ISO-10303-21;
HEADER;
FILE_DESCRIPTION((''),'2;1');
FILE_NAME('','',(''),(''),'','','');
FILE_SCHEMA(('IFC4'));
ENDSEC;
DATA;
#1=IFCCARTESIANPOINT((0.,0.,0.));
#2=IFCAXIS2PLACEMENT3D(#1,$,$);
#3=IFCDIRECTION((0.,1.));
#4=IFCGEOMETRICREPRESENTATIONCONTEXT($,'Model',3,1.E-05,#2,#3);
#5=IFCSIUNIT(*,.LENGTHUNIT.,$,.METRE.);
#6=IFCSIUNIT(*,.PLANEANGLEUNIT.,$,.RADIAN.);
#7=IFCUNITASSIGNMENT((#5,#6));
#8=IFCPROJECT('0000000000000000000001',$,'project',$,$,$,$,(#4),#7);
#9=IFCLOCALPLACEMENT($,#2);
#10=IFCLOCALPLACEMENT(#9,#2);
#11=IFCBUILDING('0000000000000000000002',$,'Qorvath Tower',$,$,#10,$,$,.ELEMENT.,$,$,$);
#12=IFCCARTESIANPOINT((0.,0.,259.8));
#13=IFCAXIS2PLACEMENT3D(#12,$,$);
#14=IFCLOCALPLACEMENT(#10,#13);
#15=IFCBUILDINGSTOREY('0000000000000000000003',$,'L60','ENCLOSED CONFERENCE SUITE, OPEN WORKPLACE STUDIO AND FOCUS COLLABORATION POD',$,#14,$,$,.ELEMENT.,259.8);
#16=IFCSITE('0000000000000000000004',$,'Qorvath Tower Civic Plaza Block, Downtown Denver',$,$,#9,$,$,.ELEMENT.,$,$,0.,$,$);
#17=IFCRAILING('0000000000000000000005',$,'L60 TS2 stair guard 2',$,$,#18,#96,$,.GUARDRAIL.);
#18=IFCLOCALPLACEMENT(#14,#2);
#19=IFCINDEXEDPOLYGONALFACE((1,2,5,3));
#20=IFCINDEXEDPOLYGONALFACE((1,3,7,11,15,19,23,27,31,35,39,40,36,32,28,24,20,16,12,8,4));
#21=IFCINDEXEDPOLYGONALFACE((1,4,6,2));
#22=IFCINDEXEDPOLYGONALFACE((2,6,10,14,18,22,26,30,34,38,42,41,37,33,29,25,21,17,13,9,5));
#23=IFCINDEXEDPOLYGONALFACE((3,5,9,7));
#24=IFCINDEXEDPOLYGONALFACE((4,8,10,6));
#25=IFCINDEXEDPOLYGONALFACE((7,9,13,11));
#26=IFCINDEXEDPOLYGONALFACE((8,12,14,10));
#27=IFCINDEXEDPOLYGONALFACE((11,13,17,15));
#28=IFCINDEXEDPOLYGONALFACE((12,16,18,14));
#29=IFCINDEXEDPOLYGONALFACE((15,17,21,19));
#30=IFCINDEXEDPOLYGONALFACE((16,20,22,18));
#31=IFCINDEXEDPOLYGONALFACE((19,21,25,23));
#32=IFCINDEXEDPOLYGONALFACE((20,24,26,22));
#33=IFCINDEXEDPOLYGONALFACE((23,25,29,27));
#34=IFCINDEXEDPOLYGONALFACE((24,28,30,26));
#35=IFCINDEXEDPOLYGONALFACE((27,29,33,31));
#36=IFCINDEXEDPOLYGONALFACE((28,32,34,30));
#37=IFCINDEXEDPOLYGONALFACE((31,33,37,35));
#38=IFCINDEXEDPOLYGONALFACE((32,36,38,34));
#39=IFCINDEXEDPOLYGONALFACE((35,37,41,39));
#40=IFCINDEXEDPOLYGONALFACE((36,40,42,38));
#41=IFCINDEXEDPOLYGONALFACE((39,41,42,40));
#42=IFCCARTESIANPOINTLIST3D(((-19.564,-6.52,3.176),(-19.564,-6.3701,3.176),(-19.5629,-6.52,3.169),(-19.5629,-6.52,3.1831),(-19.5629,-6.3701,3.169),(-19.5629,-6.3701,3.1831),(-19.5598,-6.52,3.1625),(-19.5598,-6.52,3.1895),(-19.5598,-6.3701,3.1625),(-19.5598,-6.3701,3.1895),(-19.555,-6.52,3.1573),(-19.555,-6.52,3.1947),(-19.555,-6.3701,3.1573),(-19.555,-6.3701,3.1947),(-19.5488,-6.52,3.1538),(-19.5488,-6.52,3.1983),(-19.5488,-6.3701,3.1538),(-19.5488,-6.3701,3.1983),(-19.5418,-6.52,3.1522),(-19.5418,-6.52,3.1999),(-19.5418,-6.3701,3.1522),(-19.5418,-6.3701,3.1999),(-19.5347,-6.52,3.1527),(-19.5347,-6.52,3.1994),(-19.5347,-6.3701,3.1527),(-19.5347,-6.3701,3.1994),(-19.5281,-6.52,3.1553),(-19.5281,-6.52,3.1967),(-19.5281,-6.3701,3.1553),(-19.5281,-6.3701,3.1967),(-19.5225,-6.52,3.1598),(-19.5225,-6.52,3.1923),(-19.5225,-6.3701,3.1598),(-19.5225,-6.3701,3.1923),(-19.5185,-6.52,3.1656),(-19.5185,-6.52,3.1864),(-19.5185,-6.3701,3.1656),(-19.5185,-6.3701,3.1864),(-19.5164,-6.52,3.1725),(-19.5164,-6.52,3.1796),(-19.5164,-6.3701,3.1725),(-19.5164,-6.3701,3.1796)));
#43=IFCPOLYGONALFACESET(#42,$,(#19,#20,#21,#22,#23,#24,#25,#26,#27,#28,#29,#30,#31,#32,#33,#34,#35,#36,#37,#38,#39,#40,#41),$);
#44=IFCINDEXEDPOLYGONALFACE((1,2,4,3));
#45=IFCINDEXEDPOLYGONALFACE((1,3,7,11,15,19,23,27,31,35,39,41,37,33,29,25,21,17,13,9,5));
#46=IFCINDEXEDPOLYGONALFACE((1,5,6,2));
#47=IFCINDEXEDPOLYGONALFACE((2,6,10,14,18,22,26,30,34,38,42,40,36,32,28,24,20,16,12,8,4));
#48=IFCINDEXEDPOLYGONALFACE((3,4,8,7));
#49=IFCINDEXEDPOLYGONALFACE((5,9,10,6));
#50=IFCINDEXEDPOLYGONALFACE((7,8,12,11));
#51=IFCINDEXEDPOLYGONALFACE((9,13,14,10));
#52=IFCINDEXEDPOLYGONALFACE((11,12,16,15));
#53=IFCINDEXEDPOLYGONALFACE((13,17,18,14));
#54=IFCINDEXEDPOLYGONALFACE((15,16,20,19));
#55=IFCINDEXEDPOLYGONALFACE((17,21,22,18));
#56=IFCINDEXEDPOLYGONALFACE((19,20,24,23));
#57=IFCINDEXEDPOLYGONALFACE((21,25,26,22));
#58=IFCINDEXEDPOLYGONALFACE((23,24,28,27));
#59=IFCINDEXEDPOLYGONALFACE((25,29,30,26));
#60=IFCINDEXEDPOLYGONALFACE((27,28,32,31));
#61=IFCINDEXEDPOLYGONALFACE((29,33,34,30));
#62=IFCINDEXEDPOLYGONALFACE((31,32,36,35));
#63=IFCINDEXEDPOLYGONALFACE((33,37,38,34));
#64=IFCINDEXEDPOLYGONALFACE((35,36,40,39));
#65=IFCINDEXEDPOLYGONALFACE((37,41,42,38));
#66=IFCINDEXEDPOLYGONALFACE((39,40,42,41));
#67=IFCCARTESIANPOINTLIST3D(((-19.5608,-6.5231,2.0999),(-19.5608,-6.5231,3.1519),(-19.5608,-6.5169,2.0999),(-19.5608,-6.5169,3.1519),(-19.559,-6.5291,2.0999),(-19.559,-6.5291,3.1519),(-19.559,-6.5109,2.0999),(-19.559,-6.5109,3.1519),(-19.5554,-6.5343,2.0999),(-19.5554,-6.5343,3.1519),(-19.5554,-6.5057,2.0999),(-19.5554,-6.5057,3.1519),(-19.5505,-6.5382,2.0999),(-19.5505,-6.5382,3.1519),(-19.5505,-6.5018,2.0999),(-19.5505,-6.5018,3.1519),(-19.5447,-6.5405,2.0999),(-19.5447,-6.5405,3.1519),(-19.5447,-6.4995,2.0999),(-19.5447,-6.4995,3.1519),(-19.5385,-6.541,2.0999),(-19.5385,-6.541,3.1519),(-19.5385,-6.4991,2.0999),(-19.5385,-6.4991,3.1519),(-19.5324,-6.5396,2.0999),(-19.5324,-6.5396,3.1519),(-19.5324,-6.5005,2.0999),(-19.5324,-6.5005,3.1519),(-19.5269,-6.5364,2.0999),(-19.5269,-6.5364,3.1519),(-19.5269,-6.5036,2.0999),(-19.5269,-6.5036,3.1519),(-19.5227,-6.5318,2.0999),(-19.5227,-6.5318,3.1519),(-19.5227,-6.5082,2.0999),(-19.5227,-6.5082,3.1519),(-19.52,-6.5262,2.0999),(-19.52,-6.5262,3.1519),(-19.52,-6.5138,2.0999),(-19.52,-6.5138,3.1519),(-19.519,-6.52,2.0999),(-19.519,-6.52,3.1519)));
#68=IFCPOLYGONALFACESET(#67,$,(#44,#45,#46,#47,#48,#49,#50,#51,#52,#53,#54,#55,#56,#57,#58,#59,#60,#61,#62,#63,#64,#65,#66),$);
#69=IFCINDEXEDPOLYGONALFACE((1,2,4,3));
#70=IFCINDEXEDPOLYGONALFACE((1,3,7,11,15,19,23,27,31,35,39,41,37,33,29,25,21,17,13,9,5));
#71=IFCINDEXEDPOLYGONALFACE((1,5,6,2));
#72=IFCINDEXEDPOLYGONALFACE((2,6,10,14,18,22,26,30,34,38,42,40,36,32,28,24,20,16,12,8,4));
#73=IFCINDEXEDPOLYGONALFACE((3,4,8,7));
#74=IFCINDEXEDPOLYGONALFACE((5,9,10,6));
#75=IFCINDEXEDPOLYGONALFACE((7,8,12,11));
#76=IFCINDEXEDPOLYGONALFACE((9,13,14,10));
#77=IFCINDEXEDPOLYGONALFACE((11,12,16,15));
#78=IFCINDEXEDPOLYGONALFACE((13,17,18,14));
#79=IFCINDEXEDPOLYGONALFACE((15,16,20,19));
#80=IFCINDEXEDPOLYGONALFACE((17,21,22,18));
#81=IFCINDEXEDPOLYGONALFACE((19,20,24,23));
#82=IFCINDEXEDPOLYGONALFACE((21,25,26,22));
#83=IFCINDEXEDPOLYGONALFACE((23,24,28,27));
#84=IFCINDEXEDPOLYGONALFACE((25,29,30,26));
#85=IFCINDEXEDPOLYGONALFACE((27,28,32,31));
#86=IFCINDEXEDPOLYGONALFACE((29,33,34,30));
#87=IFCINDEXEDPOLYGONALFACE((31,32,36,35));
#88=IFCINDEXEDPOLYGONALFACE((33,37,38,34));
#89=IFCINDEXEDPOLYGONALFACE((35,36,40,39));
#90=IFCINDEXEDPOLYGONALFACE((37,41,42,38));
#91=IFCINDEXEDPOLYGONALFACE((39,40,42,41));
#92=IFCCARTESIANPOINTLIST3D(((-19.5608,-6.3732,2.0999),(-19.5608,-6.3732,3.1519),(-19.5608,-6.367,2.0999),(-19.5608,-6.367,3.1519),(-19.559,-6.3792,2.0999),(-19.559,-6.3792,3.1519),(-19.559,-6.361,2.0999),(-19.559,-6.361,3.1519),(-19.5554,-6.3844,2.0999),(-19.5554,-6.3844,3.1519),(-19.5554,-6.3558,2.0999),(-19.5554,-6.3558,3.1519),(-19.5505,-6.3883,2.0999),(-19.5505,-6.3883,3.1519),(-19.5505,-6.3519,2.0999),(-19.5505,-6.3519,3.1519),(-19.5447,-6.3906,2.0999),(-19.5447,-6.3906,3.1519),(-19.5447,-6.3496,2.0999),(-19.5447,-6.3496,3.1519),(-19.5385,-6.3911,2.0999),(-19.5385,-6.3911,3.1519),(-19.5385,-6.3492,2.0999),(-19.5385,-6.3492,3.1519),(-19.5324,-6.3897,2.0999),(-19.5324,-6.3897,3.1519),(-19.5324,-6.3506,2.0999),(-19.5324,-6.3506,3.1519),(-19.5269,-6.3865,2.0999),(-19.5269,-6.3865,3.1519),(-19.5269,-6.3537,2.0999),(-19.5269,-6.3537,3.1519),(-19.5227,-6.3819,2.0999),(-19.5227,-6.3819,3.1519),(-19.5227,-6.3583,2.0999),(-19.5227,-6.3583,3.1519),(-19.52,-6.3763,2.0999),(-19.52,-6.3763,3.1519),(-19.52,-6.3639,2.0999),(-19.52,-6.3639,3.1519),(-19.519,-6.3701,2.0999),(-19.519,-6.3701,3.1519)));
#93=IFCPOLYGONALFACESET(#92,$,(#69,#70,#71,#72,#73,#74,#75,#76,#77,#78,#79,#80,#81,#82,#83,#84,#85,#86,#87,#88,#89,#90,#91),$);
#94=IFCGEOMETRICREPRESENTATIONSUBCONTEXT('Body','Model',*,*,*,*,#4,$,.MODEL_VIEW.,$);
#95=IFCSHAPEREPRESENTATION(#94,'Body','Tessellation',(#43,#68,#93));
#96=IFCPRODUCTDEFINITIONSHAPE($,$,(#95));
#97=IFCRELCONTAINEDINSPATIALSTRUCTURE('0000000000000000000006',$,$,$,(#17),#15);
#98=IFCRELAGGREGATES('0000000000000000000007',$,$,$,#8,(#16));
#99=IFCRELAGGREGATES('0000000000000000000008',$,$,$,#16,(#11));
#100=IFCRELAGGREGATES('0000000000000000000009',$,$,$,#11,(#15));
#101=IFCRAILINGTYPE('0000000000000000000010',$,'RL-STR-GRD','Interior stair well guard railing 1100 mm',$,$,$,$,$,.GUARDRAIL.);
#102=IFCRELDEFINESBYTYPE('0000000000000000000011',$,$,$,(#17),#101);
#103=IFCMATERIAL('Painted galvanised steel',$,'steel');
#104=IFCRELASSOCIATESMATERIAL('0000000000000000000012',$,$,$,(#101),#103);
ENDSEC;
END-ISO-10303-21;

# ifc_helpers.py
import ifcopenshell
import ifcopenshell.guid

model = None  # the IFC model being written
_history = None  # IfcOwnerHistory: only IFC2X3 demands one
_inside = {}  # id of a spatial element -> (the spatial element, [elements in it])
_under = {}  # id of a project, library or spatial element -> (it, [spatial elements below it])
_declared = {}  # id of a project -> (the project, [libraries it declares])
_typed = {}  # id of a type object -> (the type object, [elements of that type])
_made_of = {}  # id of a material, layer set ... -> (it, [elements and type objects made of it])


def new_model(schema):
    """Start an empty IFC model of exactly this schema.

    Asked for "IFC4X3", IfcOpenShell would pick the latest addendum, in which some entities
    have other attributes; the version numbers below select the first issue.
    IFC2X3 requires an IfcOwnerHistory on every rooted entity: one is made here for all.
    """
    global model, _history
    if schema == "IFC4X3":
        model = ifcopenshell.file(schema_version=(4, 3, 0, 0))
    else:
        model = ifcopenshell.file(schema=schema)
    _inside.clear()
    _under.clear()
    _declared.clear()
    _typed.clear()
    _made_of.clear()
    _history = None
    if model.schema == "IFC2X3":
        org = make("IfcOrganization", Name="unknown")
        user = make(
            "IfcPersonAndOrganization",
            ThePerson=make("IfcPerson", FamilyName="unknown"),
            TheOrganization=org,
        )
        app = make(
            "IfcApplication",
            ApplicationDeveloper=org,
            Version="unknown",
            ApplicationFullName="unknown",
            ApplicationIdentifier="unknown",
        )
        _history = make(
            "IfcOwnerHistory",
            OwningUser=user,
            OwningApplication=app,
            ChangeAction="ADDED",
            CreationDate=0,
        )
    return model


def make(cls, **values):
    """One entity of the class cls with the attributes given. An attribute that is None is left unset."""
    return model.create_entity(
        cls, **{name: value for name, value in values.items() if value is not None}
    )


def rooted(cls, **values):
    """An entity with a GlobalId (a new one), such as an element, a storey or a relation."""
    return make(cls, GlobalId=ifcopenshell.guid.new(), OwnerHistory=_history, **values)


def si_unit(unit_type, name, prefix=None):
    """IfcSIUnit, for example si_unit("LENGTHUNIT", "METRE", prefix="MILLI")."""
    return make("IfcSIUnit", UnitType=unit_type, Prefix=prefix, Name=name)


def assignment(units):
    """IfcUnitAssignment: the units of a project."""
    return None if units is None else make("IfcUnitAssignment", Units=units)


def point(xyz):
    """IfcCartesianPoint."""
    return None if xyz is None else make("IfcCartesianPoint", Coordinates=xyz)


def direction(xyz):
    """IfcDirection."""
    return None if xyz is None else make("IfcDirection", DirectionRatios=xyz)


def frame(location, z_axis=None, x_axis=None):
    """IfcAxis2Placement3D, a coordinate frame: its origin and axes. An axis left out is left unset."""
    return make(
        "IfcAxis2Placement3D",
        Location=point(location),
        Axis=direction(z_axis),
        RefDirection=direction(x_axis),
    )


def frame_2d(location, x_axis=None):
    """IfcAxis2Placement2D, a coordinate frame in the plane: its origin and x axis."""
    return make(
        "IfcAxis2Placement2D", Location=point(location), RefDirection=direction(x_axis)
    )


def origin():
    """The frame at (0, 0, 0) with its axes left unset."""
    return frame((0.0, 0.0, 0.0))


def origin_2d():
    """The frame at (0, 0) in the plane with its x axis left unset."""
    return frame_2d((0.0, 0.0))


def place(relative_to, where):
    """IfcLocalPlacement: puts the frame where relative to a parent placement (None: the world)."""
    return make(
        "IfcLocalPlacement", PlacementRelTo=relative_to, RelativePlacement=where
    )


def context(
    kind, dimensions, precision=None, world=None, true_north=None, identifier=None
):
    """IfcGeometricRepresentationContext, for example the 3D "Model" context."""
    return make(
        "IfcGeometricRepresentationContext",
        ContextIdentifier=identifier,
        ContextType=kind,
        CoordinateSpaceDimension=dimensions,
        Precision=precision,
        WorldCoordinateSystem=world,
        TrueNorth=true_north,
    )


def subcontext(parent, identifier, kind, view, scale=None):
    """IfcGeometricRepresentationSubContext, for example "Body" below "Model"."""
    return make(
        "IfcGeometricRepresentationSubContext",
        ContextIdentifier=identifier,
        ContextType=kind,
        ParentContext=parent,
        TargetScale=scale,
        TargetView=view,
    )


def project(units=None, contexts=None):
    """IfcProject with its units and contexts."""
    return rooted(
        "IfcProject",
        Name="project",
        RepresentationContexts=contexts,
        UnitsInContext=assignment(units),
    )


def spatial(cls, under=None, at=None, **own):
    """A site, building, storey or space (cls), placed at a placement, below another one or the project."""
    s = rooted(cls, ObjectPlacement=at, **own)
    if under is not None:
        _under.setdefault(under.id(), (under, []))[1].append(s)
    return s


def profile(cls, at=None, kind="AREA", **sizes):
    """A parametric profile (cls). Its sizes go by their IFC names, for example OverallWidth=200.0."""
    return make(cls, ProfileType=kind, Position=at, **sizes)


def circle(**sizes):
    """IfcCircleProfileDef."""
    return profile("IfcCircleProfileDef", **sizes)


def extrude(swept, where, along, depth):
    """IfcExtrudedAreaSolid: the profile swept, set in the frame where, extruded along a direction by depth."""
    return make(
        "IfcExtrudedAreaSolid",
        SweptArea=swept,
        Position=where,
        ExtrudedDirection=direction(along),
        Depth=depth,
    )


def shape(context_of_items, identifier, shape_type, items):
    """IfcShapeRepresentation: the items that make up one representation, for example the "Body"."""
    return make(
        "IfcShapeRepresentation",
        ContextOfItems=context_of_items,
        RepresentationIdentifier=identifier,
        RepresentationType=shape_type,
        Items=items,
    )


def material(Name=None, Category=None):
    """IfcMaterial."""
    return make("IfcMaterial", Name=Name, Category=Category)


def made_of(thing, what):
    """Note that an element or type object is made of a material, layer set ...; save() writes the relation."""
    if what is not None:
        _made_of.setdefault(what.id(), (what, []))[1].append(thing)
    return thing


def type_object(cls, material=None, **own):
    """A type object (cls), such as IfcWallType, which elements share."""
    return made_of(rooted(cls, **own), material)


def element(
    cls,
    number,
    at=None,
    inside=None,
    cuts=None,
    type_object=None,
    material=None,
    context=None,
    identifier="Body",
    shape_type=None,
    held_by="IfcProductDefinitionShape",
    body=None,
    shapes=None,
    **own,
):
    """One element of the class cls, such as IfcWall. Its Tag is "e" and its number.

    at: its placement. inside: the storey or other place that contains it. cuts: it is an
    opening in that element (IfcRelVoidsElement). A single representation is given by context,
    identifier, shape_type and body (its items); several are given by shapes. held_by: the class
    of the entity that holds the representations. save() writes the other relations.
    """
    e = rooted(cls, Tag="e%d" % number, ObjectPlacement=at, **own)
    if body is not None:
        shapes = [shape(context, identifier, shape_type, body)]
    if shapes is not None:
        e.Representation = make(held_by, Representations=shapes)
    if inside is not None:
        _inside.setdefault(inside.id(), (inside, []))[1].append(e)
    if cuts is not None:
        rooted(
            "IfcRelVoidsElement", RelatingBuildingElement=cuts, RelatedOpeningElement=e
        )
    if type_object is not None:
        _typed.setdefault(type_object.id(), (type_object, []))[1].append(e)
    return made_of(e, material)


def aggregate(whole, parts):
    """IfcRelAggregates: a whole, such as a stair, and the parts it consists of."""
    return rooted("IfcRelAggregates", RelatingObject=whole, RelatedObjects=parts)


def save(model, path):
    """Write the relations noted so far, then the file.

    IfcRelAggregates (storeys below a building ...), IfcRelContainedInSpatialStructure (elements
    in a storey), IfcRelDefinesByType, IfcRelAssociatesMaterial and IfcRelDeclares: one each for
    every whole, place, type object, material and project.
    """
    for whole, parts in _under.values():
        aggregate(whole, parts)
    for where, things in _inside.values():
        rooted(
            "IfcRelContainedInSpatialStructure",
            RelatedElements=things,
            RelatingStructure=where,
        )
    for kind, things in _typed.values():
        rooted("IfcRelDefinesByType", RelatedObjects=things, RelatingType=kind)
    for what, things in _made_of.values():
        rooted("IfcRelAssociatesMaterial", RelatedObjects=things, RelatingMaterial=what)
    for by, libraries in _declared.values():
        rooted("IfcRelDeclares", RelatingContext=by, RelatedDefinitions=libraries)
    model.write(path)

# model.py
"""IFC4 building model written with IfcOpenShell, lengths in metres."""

from ifc_helpers import new_model, si_unit, direction, frame, origin, origin_2d, place, context, subcontext, project, spatial, circle, extrude, material, type_object, element, save


model = new_model("IFC4")

# Units and contexts
model_context = context("Model", 3, precision=1e-05, world=origin(), true_north=direction((0.0, 1.0)))
body_context = subcontext(model_context, "Body", "Model", "MODEL_VIEW")
ifc_project = project(units=[si_unit("LENGTHUNIT", "METRE"), si_unit("PLANEANGLEUNIT", "RADIAN")], contexts=[model_context])

# Site, building, storey
site_placement = place(None, origin())
site = spatial("IfcSite", under=ifc_project, at=site_placement, Name="Qorvath Tower Civic Plaza Block, Downtown Denver", CompositionType="ELEMENT", RefElevation=0.0)
building_placement = place(site_placement, origin())
building = spatial("IfcBuilding", under=site, at=building_placement, Name="Qorvath Tower", CompositionType="ELEMENT")
storey_placement = place(building_placement, frame((0.0, 0.0, 259.8)))
storey = spatial("IfcBuildingStorey", under=building, at=storey_placement, Name="L60", Description="ENCLOSED CONFERENCE SUITE, OPEN WORKPLACE STUDIO AND FOCUS COLLABORATION POD", CompositionType="ELEMENT", Elevation=259.8)

# Railing
ifc_material_1 = material(Name="Painted galvanised steel", Category="steel")
railing_type_1 = type_object("IfcRailingType", Name="RL-STR-GRD", Description="Interior stair well guard railing 1100 mm", PredefinedType="GUARDRAIL", material=ifc_material_1)
railing_1_placement = place(storey_placement, frame((-19.54, -6.52, 2.0999)))
element("IfcRailing", 1, at=railing_1_placement, inside=storey, type_object=railing_type_1, Name="L60 TS2 stair guard 2", PredefinedType="GUARDRAIL", context=body_context, shape_type="SweptSolid", body=[
    extrude(circle(Radius=0.0239, at=origin_2d()), frame((0.0, 0.0, 1.0762), z_axis=(0.0, 1.0, 0.0), x_axis=(-1.0, 0.0, 0.0)), (0.0, 0.0, 1.0), 0.1499),
    extrude(circle(Radius=0.021, at=origin_2d()), origin(), (0.0, 0.0, 1.0), 1.052),
    extrude(circle(Radius=0.021, at=origin_2d()), frame((0.0, 0.1499, 0.0)), (0.0, 0.0, 1.0), 1.052),
])

save(model, "model.ifc")
